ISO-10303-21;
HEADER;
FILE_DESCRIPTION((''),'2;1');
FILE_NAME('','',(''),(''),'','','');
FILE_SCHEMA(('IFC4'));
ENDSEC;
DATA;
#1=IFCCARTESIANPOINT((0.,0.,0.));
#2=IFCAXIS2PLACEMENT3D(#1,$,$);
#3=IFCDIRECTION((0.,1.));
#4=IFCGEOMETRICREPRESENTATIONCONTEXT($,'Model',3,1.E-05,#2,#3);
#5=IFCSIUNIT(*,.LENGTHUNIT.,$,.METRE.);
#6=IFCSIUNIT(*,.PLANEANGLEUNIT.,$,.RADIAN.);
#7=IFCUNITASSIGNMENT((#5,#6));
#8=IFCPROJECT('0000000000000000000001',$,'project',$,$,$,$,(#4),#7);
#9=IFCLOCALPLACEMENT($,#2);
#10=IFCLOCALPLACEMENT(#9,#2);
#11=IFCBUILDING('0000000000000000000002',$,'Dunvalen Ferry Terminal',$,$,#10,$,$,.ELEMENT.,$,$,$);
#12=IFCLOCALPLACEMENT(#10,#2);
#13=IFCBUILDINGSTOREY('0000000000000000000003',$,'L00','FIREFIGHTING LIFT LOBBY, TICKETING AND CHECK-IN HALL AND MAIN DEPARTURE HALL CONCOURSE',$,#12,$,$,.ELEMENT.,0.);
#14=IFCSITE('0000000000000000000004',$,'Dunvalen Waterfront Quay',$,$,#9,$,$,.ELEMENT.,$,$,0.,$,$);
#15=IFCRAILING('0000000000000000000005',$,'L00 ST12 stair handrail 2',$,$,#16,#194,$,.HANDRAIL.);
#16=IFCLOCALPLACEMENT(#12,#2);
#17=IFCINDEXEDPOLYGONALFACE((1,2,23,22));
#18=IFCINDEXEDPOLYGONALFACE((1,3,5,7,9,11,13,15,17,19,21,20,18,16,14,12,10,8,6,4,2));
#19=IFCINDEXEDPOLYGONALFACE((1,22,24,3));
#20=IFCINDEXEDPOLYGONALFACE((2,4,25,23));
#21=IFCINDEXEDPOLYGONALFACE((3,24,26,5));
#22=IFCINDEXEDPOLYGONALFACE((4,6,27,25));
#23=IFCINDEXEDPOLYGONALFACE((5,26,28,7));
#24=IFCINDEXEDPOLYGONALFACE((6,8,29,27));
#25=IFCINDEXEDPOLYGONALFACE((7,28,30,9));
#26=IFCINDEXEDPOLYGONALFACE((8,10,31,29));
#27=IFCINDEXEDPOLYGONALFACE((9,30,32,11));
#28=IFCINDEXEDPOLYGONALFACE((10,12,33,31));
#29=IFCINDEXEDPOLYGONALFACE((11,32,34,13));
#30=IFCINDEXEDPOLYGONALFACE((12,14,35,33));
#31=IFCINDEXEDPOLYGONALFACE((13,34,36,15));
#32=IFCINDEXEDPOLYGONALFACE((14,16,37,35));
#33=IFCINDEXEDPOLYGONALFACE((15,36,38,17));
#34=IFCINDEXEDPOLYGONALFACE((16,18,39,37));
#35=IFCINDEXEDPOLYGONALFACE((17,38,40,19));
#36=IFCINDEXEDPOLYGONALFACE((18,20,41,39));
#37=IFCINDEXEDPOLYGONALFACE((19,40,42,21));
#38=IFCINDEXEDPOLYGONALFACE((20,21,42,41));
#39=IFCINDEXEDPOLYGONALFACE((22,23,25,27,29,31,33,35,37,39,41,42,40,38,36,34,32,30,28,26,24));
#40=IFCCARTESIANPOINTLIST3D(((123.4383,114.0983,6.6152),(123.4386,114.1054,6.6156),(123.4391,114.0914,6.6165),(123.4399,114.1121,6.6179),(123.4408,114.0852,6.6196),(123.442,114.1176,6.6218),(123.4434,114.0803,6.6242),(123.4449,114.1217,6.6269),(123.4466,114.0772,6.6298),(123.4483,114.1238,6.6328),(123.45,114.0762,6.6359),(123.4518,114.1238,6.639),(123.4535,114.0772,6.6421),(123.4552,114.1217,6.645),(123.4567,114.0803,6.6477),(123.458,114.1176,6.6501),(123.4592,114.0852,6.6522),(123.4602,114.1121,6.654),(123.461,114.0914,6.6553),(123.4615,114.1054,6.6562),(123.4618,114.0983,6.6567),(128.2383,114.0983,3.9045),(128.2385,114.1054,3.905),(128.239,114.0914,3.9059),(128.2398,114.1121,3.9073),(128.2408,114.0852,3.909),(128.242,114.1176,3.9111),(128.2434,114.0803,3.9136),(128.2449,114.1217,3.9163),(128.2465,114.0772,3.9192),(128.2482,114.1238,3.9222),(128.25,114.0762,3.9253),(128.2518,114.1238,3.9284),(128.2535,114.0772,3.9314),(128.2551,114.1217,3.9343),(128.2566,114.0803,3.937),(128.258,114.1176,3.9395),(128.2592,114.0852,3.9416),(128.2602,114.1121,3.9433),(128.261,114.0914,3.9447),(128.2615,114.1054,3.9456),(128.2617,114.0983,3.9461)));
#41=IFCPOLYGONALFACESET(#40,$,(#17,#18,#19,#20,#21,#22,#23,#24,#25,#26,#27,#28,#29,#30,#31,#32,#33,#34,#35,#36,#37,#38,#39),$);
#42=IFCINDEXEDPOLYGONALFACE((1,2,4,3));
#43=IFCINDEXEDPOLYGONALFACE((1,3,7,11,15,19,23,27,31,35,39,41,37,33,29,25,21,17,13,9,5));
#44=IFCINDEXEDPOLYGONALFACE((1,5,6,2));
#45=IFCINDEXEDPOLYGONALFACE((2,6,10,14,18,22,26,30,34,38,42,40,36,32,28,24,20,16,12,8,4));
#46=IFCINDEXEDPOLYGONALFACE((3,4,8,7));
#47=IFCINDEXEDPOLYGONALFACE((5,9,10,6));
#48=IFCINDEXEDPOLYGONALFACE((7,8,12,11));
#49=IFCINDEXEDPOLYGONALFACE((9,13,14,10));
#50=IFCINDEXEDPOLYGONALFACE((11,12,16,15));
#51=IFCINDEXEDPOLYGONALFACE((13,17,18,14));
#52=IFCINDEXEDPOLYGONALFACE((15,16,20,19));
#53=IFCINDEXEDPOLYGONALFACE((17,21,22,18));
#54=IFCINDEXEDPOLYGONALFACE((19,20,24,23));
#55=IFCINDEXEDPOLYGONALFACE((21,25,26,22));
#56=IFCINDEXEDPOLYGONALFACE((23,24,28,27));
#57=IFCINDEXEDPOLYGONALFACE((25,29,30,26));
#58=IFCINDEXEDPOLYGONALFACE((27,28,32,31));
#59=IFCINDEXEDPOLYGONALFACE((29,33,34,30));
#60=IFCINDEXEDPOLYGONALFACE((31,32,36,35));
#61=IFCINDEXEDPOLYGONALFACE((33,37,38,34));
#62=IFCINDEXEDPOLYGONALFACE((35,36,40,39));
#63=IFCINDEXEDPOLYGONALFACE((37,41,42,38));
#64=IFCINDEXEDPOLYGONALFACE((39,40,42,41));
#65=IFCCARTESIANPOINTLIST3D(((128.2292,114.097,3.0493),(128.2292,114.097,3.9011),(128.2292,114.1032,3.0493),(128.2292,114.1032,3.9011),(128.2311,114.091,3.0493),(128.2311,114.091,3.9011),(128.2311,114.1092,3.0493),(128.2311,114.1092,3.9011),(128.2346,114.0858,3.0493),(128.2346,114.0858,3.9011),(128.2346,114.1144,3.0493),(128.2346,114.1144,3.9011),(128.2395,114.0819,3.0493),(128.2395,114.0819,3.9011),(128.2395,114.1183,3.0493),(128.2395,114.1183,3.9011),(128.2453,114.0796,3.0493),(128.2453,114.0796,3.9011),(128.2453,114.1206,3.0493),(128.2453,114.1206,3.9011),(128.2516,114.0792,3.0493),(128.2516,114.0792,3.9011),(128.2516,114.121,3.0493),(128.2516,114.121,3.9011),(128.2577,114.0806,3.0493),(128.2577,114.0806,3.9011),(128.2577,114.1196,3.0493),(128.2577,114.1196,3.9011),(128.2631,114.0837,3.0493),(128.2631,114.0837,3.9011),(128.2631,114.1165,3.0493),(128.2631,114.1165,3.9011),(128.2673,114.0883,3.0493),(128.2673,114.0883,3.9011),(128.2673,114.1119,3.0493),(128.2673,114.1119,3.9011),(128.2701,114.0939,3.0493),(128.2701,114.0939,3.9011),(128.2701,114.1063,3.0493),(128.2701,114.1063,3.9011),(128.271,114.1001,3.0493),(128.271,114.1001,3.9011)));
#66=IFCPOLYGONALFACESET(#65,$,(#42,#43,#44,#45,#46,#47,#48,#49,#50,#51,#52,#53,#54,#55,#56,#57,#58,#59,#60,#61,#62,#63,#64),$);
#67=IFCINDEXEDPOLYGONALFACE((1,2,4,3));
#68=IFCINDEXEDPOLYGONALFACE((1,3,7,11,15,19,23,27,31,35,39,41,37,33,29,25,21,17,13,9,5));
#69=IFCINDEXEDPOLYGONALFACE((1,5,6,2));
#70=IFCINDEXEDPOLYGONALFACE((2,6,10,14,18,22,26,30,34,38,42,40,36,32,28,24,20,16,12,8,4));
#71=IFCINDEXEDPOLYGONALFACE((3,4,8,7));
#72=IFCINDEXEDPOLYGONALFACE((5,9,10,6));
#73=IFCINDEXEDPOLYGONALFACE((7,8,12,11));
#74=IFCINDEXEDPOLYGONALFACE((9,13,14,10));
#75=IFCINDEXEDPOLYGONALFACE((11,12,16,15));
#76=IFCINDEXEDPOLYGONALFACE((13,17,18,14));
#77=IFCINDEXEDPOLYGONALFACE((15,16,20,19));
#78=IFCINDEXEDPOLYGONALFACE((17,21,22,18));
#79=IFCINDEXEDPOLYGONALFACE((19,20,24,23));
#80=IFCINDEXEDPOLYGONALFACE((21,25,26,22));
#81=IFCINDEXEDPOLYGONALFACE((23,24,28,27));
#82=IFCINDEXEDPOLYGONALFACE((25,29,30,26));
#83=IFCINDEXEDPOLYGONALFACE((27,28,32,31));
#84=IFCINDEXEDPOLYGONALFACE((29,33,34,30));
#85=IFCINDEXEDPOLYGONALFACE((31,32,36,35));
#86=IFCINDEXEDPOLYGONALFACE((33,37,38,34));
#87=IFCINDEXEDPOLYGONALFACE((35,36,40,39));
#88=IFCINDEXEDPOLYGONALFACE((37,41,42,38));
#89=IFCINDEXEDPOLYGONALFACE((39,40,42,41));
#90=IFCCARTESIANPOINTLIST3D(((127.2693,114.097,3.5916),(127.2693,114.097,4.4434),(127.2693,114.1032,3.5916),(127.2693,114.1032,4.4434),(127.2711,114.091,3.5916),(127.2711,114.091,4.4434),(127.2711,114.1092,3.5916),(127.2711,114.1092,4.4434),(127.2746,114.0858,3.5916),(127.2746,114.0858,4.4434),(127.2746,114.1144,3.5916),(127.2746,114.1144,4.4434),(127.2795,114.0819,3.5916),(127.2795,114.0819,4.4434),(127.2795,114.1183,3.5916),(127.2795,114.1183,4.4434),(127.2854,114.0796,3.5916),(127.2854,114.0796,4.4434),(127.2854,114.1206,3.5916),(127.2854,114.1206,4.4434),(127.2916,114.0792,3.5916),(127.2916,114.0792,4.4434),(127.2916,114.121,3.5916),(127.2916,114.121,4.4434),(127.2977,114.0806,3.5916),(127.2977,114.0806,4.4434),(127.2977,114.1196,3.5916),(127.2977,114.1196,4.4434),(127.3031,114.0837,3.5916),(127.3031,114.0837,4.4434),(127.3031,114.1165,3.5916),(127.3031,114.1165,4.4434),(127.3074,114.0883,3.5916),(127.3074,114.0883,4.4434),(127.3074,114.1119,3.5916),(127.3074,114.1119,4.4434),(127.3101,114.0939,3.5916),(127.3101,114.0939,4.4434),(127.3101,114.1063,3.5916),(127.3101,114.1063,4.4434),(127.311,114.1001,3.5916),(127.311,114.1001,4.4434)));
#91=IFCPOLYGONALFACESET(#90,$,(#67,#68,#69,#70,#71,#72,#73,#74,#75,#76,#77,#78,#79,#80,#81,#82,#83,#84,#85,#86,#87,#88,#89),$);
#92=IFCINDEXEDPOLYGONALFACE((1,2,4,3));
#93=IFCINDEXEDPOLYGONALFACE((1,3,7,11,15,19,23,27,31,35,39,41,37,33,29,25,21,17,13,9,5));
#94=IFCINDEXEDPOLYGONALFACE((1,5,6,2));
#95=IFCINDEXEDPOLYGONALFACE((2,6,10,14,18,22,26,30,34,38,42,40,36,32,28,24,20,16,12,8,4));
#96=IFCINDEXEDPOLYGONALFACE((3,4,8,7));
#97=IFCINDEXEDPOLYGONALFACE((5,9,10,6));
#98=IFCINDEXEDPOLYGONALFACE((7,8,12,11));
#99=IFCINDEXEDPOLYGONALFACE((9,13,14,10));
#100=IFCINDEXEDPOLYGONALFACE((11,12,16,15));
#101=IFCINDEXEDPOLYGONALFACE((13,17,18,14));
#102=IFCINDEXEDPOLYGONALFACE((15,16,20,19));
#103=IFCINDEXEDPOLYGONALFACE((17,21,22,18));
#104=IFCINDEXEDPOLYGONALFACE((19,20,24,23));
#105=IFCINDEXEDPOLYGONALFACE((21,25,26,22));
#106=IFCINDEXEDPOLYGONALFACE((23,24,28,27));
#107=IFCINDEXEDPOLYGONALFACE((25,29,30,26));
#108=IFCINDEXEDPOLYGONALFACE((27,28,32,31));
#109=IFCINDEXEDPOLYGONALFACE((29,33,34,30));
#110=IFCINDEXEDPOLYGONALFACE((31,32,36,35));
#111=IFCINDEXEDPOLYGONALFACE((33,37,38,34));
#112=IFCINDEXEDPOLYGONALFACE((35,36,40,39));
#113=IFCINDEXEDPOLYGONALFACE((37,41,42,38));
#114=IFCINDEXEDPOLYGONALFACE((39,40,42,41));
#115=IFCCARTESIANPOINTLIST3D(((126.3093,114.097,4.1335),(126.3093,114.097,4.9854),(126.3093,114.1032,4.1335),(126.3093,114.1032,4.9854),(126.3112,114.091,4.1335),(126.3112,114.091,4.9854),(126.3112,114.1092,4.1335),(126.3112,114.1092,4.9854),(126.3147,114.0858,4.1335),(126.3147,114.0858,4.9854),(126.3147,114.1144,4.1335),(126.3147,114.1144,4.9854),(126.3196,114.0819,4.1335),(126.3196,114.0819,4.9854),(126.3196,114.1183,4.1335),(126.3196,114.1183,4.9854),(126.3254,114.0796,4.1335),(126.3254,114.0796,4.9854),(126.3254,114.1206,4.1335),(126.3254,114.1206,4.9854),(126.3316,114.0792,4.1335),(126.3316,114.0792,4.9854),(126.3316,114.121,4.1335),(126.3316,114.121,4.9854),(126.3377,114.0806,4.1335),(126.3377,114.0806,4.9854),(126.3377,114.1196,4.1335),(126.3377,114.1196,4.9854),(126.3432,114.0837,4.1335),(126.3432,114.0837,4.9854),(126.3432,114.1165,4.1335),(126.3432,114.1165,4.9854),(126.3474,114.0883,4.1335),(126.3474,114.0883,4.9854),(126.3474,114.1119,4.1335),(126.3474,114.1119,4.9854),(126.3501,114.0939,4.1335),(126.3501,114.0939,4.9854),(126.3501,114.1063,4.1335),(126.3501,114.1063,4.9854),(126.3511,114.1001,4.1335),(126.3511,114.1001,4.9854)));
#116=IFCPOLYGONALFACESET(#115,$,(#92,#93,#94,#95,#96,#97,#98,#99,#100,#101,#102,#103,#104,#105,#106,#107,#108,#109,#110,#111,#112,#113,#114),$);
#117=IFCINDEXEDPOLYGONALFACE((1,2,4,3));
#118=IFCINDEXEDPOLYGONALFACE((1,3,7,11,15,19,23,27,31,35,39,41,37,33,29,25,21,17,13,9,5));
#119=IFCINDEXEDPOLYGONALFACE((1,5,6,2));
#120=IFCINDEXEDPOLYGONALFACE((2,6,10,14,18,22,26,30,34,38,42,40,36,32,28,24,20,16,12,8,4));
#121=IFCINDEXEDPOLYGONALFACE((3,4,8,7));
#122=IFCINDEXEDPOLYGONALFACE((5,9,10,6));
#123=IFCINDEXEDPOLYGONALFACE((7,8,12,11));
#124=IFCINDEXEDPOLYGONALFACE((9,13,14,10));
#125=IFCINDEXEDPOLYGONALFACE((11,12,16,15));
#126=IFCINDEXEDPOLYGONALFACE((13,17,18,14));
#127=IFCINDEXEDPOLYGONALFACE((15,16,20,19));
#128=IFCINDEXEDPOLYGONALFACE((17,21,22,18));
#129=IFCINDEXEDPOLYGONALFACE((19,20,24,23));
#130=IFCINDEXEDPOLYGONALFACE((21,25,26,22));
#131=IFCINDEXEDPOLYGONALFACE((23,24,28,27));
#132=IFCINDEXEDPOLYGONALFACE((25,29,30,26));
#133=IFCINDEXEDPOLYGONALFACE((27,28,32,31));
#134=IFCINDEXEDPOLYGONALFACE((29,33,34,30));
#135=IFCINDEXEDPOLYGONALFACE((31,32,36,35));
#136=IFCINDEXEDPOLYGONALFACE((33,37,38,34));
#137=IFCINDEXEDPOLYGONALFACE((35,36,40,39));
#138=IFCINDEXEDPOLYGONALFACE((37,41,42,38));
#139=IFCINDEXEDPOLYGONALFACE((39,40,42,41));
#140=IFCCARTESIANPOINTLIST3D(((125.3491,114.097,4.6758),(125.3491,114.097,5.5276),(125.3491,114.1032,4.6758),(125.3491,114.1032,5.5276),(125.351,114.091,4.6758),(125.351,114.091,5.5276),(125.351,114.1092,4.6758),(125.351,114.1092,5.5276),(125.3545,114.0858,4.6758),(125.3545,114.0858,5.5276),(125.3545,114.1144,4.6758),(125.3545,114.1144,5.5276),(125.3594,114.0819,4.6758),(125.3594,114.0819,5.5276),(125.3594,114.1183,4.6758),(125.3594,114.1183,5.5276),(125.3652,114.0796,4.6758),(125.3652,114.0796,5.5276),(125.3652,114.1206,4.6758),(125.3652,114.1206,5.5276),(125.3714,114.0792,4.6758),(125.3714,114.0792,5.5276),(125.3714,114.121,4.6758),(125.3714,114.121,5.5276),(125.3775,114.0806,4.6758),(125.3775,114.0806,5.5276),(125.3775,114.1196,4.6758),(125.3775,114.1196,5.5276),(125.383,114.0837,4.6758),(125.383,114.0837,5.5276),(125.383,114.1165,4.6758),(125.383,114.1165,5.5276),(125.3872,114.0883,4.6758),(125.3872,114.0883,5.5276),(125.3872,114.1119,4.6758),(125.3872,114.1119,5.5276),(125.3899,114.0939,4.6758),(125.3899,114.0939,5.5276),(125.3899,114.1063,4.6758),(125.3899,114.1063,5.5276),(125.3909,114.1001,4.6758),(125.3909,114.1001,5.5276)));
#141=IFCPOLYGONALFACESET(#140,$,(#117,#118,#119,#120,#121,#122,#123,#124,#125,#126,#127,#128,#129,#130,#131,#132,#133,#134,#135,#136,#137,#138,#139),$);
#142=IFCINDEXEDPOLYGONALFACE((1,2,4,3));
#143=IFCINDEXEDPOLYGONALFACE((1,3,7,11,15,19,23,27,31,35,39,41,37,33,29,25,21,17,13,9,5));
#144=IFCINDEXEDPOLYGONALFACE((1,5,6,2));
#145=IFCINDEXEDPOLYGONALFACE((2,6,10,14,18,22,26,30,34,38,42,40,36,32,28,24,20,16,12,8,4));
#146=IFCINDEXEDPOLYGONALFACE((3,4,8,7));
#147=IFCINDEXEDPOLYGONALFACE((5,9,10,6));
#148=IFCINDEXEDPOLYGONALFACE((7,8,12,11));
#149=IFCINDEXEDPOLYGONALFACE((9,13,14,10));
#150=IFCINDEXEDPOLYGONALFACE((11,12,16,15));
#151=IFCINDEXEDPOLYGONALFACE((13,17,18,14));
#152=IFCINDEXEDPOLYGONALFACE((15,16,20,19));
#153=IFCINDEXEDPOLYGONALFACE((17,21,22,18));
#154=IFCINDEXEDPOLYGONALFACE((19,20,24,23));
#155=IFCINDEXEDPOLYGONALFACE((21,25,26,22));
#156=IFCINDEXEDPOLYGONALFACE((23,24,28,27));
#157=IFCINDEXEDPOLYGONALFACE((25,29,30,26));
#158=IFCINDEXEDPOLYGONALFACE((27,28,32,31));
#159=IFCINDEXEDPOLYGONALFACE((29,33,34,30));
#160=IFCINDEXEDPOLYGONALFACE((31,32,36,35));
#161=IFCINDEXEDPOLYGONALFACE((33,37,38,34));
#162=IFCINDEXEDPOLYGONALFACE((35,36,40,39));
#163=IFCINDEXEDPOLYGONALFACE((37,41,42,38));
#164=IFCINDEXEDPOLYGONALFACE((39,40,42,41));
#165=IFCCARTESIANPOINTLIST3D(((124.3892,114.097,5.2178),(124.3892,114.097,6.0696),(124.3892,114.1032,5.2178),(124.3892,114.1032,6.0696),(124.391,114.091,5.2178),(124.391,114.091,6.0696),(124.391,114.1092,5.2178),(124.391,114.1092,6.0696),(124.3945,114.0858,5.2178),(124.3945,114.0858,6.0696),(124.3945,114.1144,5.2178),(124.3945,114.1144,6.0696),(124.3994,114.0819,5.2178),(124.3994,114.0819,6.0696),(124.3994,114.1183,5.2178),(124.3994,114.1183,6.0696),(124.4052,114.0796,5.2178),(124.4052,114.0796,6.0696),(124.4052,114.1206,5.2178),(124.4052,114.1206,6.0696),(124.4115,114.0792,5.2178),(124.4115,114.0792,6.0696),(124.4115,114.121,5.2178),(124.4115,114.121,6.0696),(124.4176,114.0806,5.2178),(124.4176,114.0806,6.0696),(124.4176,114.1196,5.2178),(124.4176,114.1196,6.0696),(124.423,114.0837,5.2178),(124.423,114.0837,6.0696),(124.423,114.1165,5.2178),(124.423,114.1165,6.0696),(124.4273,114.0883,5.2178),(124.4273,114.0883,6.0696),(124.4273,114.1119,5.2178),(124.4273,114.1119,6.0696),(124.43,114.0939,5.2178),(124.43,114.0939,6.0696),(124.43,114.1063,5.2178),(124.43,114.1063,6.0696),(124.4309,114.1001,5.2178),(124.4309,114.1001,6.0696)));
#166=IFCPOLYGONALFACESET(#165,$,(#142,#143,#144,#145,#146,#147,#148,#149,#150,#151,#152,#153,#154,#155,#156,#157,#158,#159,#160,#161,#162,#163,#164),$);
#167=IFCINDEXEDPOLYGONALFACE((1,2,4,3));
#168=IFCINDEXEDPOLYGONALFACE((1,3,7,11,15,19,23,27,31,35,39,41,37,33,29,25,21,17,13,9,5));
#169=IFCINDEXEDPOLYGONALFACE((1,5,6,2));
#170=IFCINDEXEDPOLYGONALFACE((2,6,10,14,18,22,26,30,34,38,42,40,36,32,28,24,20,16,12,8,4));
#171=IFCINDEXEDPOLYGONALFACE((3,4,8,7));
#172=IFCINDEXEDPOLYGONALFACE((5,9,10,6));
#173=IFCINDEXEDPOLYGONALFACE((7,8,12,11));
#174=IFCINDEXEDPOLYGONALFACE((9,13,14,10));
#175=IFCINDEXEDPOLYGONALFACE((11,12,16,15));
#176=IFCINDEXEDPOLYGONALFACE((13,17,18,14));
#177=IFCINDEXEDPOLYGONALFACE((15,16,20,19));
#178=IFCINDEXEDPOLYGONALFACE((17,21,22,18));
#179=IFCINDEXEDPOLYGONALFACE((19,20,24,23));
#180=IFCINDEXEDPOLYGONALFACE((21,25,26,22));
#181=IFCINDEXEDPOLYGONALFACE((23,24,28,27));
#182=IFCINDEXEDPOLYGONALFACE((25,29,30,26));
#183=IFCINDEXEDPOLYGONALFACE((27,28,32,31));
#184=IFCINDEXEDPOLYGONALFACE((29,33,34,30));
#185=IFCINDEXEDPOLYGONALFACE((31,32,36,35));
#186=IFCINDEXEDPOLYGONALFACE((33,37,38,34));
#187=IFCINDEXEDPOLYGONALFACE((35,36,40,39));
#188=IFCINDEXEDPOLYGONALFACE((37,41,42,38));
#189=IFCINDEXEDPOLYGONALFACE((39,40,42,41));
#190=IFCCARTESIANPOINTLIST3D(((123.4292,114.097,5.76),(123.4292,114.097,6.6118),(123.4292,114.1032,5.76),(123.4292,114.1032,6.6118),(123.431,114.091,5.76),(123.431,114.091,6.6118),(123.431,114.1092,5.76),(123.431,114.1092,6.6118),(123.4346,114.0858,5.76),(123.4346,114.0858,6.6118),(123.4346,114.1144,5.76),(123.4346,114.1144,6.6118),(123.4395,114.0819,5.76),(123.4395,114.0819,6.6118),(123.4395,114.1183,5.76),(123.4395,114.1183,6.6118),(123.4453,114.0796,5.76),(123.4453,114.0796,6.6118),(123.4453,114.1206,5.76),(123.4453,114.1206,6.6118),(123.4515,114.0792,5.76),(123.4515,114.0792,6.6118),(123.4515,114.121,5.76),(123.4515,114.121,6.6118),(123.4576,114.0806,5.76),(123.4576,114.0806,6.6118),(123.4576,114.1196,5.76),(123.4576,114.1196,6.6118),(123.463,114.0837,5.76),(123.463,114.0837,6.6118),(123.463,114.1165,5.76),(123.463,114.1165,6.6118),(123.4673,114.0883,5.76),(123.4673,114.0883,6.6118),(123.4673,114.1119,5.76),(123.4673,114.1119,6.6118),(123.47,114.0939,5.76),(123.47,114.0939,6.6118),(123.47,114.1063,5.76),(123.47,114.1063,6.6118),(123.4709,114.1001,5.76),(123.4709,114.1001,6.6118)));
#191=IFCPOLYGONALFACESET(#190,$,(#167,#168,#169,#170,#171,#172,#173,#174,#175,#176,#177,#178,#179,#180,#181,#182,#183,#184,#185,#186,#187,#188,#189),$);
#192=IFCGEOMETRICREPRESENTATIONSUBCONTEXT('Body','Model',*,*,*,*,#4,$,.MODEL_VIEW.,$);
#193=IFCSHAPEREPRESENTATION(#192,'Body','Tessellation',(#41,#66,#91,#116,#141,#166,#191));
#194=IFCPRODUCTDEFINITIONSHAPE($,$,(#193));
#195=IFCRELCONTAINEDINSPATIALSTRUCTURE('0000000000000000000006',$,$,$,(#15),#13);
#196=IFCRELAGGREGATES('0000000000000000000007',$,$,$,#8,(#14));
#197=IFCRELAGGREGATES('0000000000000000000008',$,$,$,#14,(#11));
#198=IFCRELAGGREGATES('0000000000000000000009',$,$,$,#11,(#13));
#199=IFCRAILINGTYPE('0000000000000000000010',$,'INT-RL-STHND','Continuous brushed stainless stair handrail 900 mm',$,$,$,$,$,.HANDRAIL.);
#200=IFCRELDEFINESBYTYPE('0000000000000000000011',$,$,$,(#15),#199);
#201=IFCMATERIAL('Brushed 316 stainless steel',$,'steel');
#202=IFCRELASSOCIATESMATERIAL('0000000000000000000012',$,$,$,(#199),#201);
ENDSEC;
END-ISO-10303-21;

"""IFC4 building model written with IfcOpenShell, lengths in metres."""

from ifc_helpers import new_model, si_unit, direction, frame, origin, origin_2d, place, context, subcontext, project, spatial, circle, extrude, material, type_object, element, save


model = new_model("IFC4")

# Units and contexts
model_context = context("Model", 3, precision=1e-05, world=origin(), true_north=direction((0.0, 1.0)))
body_context = subcontext(model_context, "Body", "Model", "MODEL_VIEW")
ifc_project = project(units=[si_unit("LENGTHUNIT", "METRE"), si_unit("PLANEANGLEUNIT", "RADIAN")], contexts=[model_context])

# Site, building, storey
site_placement = place(None, origin())
site = spatial("IfcSite", under=ifc_project, at=site_placement, Name="Dunvalen Waterfront Quay", CompositionType="ELEMENT", RefElevation=0.0)
building_placement = place(site_placement, origin())
building = spatial("IfcBuilding", under=site, at=building_placement, Name="Dunvalen Ferry Terminal", CompositionType="ELEMENT")
storey_placement = place(building_placement, origin())
storey = spatial("IfcBuildingStorey", under=building, at=storey_placement, Name="L00", Description="FIREFIGHTING LIFT LOBBY, TICKETING AND CHECK-IN HALL AND MAIN DEPARTURE HALL CONCOURSE", CompositionType="ELEMENT", Elevation=0.0)

# Railing
ifc_material_1 = material(Name="Brushed 316 stainless steel", Category="steel")
railing_type_1 = type_object("IfcRailingType", Name="INT-RL-STHND", Description="Continuous brushed stainless stair handrail 900 mm", PredefinedType="HANDRAIL", material=ifc_material_1)
railing_1_placement = place(storey_placement, frame((128.25, 114.1001, 3.0493)))
element("IfcRailing", 1, at=railing_1_placement, inside=storey, type_object=railing_type_1, Name="L00 ST12 stair handrail 2", PredefinedType="HANDRAIL", context=body_context, shape_type="SweptSolid", body=[
    extrude(circle(Radius=0.0239, at=origin_2d()), frame((0.0, 0.0, 0.876), z_axis=(-0.870748, 0.0, 0.49173), x_axis=(0.0, -1.0, 0.0)), (0.0, 0.0, 1.0), 5.5125),
    extrude(circle(Radius=0.021, at=origin_2d()), origin(), (0.0, 0.0, 1.0), 0.8518),
    extrude(circle(Radius=0.021, at=origin_2d()), frame((-0.96, 0.0, 0.5422)), (0.0, 0.0, 1.0), 0.8518),
    extrude(circle(Radius=0.021, at=origin_2d()), frame((-1.9199, 0.0, 1.0842)), (0.0, 0.0, 1.0), 0.8518),
    extrude(circle(Radius=0.021, at=origin_2d()), frame((-2.8801, 0.0, 1.6265)), (0.0, 0.0, 1.0), 0.8518),
    extrude(circle(Radius=0.021, at=origin_2d()), frame((-3.8401, 0.0, 2.1685)), (0.0, 0.0, 1.0), 0.8518),
    extrude(circle(Radius=0.021, at=origin_2d()), frame((-4.8, 0.0, 2.7107)), (0.0, 0.0, 1.0), 0.8518),
])

save(model, "model.ifc")
